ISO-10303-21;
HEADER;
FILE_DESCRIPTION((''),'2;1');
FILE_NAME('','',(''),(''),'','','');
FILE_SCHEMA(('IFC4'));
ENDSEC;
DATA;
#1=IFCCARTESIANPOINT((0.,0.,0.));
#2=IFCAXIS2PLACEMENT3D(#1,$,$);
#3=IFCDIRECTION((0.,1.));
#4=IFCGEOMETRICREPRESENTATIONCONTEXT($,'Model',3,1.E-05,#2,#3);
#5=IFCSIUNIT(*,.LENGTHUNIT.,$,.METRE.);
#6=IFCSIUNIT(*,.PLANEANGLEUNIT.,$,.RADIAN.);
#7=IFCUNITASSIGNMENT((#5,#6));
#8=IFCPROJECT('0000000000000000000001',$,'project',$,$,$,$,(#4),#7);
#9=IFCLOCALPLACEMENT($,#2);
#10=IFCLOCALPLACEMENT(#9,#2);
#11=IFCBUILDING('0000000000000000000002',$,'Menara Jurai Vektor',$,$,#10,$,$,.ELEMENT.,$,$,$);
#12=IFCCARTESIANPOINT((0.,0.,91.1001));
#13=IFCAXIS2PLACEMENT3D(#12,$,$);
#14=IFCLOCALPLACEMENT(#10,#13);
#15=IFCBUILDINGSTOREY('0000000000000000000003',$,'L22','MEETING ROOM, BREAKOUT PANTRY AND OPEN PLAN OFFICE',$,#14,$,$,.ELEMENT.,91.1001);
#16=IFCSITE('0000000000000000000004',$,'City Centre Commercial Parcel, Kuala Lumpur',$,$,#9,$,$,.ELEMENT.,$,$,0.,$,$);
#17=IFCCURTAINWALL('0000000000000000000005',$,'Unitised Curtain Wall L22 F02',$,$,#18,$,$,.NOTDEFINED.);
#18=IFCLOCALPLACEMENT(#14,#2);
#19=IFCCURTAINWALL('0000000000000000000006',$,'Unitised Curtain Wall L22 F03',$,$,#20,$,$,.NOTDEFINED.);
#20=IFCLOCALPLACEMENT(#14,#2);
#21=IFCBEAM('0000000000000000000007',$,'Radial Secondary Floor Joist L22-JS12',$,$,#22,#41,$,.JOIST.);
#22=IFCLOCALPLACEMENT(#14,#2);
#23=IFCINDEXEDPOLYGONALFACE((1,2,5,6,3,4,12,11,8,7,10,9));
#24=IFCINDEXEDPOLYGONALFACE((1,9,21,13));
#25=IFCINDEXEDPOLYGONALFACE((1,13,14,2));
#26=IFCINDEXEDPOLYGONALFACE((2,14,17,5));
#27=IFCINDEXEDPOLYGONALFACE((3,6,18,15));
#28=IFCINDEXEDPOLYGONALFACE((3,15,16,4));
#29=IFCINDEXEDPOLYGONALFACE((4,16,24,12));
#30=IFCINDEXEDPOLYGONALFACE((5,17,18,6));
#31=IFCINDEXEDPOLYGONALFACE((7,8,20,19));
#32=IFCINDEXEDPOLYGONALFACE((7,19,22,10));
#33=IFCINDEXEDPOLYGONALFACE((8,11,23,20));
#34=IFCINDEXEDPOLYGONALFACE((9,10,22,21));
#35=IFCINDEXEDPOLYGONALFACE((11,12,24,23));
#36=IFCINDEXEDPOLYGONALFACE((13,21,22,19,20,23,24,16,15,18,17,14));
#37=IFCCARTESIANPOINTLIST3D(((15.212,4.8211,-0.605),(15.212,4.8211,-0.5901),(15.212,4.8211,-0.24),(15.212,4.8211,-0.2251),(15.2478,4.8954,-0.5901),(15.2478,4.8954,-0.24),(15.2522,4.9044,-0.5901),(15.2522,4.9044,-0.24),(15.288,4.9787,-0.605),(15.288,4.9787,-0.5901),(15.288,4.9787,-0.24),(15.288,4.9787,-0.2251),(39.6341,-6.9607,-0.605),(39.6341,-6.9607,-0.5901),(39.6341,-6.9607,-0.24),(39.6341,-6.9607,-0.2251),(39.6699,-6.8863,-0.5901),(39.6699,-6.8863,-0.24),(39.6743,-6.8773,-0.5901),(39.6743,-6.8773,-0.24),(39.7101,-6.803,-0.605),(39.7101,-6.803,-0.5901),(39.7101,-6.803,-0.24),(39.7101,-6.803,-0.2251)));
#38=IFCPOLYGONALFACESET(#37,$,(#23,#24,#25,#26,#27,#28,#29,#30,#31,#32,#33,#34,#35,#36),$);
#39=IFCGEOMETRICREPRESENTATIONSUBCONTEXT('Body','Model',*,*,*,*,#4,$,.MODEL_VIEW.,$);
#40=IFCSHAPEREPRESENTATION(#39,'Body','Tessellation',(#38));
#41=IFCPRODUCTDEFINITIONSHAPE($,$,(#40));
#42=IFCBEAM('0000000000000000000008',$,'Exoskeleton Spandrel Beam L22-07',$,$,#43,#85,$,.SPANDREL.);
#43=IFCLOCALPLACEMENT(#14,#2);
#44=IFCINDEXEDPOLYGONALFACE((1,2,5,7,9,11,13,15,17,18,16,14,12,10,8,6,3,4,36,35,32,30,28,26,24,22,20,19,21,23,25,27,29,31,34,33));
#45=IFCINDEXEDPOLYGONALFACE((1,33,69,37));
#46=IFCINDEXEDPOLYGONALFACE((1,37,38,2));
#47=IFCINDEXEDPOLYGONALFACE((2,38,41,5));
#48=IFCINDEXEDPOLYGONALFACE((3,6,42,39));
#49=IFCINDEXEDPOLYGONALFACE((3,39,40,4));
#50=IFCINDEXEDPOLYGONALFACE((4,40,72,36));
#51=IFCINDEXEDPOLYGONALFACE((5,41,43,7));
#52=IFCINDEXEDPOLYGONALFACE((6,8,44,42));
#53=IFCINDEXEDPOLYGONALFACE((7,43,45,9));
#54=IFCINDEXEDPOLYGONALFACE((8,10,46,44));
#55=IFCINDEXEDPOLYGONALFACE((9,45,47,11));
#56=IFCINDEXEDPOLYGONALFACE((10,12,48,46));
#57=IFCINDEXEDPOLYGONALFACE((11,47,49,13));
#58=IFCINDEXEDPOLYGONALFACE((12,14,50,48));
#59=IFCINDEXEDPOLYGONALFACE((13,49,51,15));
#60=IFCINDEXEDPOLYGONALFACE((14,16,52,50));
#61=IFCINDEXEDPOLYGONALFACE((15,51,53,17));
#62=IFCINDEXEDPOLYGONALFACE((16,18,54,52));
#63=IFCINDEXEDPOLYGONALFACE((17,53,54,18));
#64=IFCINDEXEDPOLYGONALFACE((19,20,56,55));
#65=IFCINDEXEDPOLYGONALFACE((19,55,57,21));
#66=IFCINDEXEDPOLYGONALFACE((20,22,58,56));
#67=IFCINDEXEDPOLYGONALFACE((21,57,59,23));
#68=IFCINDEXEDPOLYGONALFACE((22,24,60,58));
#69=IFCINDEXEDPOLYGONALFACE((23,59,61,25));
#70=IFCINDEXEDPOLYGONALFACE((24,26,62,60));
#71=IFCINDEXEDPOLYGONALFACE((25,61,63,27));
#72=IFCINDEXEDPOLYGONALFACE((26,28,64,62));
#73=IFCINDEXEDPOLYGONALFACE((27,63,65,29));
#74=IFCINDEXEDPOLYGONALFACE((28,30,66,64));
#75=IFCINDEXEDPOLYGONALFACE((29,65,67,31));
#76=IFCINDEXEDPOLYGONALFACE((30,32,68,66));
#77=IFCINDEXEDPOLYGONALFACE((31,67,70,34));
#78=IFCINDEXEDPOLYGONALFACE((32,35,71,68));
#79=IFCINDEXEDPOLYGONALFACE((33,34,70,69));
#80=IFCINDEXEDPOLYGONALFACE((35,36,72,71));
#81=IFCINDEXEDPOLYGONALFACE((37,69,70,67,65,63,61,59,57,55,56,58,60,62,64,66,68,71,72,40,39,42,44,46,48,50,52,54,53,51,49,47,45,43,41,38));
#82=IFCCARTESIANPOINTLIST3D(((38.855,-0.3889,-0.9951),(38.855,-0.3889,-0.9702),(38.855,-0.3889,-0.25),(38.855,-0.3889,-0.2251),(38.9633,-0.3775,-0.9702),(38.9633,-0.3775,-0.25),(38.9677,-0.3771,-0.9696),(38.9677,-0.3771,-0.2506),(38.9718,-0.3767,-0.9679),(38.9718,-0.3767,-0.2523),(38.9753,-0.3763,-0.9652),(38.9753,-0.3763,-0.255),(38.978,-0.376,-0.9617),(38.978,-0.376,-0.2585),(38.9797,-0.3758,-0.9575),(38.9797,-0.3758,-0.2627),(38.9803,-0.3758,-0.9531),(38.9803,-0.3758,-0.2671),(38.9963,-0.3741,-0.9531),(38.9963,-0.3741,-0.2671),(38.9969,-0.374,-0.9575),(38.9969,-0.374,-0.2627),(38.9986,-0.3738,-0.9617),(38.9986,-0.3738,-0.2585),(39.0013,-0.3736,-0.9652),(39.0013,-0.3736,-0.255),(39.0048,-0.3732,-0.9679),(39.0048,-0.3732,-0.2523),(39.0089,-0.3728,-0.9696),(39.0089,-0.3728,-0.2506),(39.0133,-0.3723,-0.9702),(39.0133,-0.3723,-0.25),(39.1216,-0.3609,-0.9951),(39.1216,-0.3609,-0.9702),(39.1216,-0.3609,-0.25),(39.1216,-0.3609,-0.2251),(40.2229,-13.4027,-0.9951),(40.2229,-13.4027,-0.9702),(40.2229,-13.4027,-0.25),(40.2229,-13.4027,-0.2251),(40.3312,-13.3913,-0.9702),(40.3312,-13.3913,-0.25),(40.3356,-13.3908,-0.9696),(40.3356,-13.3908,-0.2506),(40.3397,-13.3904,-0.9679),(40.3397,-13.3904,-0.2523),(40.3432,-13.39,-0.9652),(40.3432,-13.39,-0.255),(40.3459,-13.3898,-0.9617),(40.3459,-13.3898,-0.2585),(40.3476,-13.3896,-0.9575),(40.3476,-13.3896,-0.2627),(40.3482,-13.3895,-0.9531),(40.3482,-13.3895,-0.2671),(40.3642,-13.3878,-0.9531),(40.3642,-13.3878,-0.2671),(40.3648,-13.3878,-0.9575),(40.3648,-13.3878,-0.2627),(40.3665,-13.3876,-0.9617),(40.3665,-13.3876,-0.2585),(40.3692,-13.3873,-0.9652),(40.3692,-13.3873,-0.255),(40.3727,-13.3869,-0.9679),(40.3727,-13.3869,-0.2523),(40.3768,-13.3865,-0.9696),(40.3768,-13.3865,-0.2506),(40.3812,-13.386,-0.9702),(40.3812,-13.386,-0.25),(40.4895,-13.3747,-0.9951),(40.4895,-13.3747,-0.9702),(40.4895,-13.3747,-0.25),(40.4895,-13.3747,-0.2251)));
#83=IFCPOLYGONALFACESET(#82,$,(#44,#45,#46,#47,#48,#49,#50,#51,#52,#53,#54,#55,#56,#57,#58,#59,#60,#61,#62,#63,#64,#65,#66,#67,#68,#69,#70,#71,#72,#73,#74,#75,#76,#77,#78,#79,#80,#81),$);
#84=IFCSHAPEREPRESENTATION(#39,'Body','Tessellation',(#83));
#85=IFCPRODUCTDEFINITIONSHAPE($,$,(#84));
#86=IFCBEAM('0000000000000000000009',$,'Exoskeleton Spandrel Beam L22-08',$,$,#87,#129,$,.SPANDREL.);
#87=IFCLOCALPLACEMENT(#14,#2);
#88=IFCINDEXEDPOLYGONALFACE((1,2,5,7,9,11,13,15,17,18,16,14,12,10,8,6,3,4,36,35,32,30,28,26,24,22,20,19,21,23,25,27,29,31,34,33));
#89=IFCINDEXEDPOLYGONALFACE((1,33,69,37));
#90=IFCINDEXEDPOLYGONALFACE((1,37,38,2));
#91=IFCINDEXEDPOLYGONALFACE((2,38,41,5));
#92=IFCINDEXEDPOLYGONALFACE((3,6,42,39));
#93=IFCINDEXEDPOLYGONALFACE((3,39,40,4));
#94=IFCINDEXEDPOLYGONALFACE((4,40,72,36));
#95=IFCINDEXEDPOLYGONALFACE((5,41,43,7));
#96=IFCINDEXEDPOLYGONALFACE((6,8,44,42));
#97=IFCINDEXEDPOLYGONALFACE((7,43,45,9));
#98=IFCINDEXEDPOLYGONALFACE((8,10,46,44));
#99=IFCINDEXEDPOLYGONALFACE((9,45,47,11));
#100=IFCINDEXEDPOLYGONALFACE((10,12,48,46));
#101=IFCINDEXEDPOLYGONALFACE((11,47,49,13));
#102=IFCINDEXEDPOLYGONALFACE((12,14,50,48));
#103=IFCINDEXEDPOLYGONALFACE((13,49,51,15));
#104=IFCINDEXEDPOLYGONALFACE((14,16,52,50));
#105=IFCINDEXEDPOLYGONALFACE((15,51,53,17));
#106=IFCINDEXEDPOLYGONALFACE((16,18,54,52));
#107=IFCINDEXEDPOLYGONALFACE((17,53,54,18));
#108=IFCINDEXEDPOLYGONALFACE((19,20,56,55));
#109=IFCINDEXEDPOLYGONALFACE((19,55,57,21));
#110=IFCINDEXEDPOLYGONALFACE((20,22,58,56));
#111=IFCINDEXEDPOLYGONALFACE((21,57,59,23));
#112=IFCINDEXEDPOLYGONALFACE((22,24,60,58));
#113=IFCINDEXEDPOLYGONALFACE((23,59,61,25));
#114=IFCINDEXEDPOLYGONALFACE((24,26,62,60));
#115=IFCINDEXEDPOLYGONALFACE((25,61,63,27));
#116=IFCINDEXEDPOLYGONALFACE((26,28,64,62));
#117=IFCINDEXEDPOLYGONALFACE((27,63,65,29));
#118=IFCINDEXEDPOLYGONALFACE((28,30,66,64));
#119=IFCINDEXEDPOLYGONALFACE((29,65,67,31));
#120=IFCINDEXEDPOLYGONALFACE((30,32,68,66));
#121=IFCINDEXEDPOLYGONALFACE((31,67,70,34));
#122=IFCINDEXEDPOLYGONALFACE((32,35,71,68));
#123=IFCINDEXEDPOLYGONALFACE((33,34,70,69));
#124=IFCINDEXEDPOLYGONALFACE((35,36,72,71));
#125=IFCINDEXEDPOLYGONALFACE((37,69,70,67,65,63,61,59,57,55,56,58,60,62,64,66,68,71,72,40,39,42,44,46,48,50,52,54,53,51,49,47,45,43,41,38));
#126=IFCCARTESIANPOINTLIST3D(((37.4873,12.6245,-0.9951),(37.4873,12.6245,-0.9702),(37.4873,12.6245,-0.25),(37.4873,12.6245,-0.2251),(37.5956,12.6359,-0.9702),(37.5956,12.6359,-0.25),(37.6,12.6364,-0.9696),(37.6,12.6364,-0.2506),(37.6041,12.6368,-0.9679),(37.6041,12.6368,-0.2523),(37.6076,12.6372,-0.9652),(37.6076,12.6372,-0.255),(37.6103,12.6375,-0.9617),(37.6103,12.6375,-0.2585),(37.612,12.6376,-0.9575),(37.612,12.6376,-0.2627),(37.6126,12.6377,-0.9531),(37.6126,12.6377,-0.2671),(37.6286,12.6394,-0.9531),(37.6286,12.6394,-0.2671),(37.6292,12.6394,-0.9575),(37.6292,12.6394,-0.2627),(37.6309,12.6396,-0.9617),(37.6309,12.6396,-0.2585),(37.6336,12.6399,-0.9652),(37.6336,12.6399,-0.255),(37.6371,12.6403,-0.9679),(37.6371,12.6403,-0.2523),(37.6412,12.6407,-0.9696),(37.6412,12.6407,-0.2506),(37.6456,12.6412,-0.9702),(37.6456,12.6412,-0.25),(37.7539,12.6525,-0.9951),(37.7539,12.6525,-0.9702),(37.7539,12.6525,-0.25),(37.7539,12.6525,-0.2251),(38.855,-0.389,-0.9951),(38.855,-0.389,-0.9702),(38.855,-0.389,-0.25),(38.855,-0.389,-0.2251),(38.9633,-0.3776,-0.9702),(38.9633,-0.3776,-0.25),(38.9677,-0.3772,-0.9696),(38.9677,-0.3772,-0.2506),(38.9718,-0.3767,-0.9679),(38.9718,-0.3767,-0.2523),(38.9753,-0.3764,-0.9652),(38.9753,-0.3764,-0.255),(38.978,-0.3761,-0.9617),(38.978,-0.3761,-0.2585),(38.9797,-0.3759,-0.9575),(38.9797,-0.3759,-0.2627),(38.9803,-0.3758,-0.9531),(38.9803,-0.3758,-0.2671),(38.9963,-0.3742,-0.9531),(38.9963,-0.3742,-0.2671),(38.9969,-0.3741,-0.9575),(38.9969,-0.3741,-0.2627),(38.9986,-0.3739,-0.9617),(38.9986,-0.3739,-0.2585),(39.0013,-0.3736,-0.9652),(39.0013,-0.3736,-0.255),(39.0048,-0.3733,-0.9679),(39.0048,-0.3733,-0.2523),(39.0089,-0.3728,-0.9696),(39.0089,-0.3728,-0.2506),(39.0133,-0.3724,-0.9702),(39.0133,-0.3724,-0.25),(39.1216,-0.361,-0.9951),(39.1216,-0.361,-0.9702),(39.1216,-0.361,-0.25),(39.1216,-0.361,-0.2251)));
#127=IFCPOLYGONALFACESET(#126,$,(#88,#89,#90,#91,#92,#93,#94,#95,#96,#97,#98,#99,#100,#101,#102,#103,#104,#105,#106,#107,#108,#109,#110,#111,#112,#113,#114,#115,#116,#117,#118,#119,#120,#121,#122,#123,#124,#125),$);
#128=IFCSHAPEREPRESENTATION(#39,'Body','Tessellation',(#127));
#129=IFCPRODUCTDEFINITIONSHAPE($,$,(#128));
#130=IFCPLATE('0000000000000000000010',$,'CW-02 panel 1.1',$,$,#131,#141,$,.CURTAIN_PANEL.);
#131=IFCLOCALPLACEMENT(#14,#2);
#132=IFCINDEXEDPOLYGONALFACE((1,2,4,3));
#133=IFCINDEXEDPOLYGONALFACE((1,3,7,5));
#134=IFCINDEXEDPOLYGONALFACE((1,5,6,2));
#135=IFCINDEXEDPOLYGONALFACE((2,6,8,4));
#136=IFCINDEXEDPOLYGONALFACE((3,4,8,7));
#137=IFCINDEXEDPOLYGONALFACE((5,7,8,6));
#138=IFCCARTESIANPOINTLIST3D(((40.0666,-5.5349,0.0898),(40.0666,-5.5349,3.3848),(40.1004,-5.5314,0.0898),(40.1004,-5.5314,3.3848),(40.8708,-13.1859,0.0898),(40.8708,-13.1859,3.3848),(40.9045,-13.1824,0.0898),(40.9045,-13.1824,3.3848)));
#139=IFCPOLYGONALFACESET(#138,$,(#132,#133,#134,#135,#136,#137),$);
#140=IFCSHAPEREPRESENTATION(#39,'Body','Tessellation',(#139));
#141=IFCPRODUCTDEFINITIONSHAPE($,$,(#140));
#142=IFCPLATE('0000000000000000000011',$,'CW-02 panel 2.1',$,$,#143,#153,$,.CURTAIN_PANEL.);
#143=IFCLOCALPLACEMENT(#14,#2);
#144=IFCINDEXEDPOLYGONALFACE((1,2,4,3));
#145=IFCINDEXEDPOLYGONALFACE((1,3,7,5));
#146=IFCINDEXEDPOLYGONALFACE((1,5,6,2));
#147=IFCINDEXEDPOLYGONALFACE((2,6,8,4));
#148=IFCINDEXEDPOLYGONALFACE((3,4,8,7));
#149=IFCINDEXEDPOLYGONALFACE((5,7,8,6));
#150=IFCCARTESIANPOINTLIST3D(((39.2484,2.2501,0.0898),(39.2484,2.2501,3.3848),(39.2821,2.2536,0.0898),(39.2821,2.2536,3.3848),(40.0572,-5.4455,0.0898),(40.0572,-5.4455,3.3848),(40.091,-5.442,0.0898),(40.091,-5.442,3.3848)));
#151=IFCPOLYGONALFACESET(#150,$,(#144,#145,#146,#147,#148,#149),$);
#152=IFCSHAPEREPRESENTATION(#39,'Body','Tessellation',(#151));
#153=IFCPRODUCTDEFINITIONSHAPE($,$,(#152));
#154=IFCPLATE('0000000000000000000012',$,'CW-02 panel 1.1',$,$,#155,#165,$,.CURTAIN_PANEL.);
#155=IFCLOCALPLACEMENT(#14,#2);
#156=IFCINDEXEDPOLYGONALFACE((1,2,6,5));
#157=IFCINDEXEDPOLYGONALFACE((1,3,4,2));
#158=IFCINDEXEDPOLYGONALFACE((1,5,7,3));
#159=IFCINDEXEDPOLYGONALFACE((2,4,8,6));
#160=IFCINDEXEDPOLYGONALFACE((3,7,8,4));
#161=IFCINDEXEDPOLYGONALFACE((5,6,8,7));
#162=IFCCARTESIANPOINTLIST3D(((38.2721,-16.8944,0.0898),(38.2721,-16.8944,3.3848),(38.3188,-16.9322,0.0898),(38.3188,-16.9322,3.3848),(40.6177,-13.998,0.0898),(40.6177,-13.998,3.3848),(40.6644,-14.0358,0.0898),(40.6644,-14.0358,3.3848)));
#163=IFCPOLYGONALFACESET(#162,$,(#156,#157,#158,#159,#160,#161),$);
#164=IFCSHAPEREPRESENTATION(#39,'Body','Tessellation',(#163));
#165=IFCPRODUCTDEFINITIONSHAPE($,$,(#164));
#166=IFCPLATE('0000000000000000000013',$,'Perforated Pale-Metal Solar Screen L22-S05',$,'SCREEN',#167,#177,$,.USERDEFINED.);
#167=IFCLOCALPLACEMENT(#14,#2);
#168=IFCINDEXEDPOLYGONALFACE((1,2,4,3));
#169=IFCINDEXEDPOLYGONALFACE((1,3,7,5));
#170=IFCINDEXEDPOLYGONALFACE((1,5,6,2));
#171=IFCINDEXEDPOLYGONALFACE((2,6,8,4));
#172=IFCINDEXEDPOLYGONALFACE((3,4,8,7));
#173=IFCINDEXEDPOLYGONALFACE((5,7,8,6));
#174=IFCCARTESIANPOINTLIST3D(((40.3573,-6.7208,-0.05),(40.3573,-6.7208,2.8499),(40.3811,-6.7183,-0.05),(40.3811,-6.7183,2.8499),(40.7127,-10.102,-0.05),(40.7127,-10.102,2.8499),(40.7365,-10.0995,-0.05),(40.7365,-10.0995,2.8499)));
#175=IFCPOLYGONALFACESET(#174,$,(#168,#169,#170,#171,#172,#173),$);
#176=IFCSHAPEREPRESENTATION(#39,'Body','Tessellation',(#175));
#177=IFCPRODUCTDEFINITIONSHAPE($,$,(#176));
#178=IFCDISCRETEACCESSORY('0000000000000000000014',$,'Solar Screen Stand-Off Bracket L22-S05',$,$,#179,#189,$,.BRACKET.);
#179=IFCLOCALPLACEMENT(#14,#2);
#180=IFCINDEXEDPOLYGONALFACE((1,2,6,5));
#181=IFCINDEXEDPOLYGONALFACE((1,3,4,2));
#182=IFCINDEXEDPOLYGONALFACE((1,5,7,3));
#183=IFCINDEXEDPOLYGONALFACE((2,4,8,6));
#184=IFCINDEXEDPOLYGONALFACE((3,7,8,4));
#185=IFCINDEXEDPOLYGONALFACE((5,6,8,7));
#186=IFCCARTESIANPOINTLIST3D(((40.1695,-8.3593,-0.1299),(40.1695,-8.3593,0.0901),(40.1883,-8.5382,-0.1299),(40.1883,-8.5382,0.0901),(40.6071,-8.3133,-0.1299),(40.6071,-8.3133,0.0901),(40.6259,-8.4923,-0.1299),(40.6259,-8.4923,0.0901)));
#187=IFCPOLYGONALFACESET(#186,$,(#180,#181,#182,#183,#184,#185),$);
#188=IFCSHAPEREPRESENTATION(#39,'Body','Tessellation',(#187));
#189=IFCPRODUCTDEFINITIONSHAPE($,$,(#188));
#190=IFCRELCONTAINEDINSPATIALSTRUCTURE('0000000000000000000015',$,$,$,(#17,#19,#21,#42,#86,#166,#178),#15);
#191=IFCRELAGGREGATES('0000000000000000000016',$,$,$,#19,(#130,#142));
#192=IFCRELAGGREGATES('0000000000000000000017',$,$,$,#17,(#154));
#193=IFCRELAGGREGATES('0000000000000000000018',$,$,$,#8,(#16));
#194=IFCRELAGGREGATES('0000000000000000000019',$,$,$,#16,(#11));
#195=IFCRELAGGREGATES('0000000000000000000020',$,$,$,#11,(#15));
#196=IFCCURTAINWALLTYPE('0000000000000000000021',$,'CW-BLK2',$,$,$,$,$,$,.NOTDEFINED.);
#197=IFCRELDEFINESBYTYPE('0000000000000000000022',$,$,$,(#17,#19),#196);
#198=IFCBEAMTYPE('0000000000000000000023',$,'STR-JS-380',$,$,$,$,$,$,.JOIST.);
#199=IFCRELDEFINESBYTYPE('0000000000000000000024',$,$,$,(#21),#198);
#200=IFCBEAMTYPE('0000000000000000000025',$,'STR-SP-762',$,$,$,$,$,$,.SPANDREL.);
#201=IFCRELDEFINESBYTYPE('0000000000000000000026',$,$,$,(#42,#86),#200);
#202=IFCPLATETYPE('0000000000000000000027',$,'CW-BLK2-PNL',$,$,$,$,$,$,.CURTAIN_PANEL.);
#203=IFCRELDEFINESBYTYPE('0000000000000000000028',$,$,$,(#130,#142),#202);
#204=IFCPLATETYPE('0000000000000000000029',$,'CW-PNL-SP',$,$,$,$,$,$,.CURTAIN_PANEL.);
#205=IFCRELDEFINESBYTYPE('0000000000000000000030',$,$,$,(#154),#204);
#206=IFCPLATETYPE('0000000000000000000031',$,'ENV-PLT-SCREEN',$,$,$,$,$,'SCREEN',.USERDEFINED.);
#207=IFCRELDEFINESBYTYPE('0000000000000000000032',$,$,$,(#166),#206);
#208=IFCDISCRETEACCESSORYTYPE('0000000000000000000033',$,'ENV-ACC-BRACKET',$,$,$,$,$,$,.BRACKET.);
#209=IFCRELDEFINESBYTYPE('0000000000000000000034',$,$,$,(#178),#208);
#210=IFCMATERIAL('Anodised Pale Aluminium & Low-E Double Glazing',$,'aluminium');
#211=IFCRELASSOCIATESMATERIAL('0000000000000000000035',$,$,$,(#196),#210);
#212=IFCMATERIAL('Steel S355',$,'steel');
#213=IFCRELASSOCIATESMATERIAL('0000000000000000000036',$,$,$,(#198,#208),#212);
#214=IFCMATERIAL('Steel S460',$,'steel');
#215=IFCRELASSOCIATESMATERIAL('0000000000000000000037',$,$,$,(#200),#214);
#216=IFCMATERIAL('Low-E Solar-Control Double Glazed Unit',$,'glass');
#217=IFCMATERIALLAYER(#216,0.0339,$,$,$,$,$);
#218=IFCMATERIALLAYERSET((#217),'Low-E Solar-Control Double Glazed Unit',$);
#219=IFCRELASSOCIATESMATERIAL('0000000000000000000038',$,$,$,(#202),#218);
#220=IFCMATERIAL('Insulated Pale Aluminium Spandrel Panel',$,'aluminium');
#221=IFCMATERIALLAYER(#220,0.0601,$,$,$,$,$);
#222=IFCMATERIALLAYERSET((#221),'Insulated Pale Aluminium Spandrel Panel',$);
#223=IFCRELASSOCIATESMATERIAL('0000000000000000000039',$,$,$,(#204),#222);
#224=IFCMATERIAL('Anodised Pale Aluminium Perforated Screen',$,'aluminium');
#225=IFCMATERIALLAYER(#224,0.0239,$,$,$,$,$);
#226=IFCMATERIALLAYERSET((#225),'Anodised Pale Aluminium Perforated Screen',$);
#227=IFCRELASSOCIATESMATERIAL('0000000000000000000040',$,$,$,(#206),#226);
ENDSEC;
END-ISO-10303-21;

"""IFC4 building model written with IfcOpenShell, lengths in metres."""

from ifc_helpers import new_model, si_unit, direction, frame, origin, origin_2d, place, context, subcontext, project, spatial, rectangle, i_section, extrude, material, layer, layer_set, material_profile, profile_set, type_object, element, aggregate, save


model = new_model("IFC4")

# Units and contexts
model_context = context("Model", 3, precision=1e-05, world=origin(), true_north=direction((0.0, 1.0)))
body_context = subcontext(model_context, "Body", "Model", "MODEL_VIEW")
ifc_project = project(units=[si_unit("LENGTHUNIT", "METRE"), si_unit("PLANEANGLEUNIT", "RADIAN")], contexts=[model_context])

# Site, building, storey
site_placement = place(None, origin())
site = spatial("IfcSite", under=ifc_project, at=site_placement, Name="City Centre Commercial Parcel, Kuala Lumpur", CompositionType="ELEMENT", RefElevation=0.0)
building_placement = place(site_placement, origin())
building = spatial("IfcBuilding", under=site, at=building_placement, Name="Menara Jurai Vektor", CompositionType="ELEMENT")
storey_placement = place(building_placement, frame((0.0, 0.0, 91.1001)))
storey = spatial("IfcBuildingStorey", under=building, at=storey_placement, Name="L22", Description="MEETING ROOM, BREAKOUT PANTRY AND OPEN PLAN OFFICE", CompositionType="ELEMENT", Elevation=91.1001)

# Shared definitions
ifc_material_1 = material(Name="Steel S460", Category="steel")

# Curtain wall
ifc_material_2 = material(Name="Anodised Pale Aluminium & Low-E Double Glazing", Category="aluminium")
curtain_wall_type = type_object("IfcCurtainWallType", Name="CW-BLK2", PredefinedType="NOTDEFINED", material=ifc_material_2)
curtain_wall_1_placement = place(storey_placement, origin())
curtain_wall_1 = element("IfcCurtainWall", 1, at=curtain_wall_1_placement, inside=storey, type_object=curtain_wall_type, Name="Unitised Curtain Wall L22 F02", PredefinedType="NOTDEFINED")

# Curtain wall
curtain_wall_2_placement = place(storey_placement, origin())
curtain_wall_2 = element("IfcCurtainWall", 2, at=curtain_wall_2_placement, inside=storey, type_object=curtain_wall_type, Name="Unitised Curtain Wall L22 F03", PredefinedType="NOTDEFINED")

# Shared definitions
ifc_material_3 = material(Name="Steel S355", Category="steel")

# Beams
ifc_material_profile_1 = material_profile(ifc_material_3, i_section(OverallWidth=0.175, OverallDepth=0.3799, WebThickness=0.01, FlangeThickness=0.0149, at=origin_2d()), Name="PG 380x175x58")
ifc_profile_set_1 = profile_set([ifc_material_profile_1], Name="Steel S355")
beam_type_1 = type_object("IfcBeamType", Name="STR-JS-380", PredefinedType="JOIST", material=ifc_profile_set_1)
beam_1_placement = place(storey_placement, frame((39.6721, -6.8818, -0.415), z_axis=(-0.900671, 0.434502, 0.0), x_axis=(-0.434502, -0.900671, 0.0)))
element("IfcBeam", 3, at=beam_1_placement, inside=storey, type_object=beam_type_1, Name="Radial Secondary Floor Joist L22-JS12", PredefinedType="JOIST", context=body_context, shape_type="SweptSolid", body=[
    extrude(i_section(OverallWidth=0.175, OverallDepth=0.3799, WebThickness=0.01, FlangeThickness=0.0149, at=origin_2d()), origin(), (0.0, 0.0, 1.0), 27.1155),
])
ifc_material_profile_2 = material_profile(ifc_material_1, i_section(OverallWidth=0.2681, OverallDepth=0.77, WebThickness=0.0161, FlangeThickness=0.0249, FilletRadius=0.0171, at=origin_2d()), Name="UKB 762x267x197")
ifc_profile_set_2 = profile_set([ifc_material_profile_2], Name="Steel S460")
beam_type_2 = type_object("IfcBeamType", Name="STR-SP-762", PredefinedType="SPANDREL", material=ifc_profile_set_2)
beam_2_placement = place(storey_placement, frame((40.3562, -13.3887, -0.6101), z_axis=(-0.104538, 0.994521, 0.0), x_axis=(-0.994521, -0.104538, 0.0)))
element("IfcBeam", 4, at=beam_2_placement, inside=storey, type_object=beam_type_2, Name="Exoskeleton Spandrel Beam L22-07", PredefinedType="SPANDREL", context=body_context, shape_type="SweptSolid", body=[
    extrude(i_section(OverallWidth=0.2681, OverallDepth=0.77, WebThickness=0.0161, FlangeThickness=0.0249, FilletRadius=0.0171, at=origin_2d()), origin(), (0.0, 0.0, 1.0), 13.0854),
])
beam_3_placement = place(storey_placement, frame((38.9883, -0.375, -0.6101), z_axis=(-0.104522, 0.994523, 0.0), x_axis=(-0.994523, -0.104522, 0.0)))
element("IfcBeam", 5, at=beam_3_placement, inside=storey, type_object=beam_type_2, Name="Exoskeleton Spandrel Beam L22-08", PredefinedType="SPANDREL", context=body_context, shape_type="SweptSolid", body=[
    extrude(i_section(OverallWidth=0.2681, OverallDepth=0.77, WebThickness=0.0161, FlangeThickness=0.0249, FilletRadius=0.0171, at=origin_2d()), origin(), (0.0, 0.0, 1.0), 13.0852),
])

# Plates
ifc_material_4 = material(Name="Low-E Solar-Control Double Glazed Unit", Category="glass")
ifc_layer_1 = layer(ifc_material_4, 0.0339)
ifc_layer_set_1 = layer_set([ifc_layer_1], Name="Low-E Solar-Control Double Glazed Unit")
plate_type_1 = type_object("IfcPlateType", Name="CW-BLK2-PNL", PredefinedType="CURTAIN_PANEL", material=ifc_layer_set_1)
plate_1_placement = place(storey_placement, frame((40.4856, -9.3586, 0.0898), z_axis=(0.0, 0.0, 1.0), x_axis=(-0.10453, 0.994522, 0.0)))
plate_1 = element("IfcPlate", 6, at=plate_1_placement, type_object=plate_type_1, Name="CW-02 panel 1.1", PredefinedType="CURTAIN_PANEL", context=body_context, shape_type="SweptSolid", body=[
    extrude(rectangle(XDim=7.6931, YDim=0.0339, at=origin_2d()), origin(), (0.0, 0.0, 1.0), 3.2949),
])
plate_2_placement = place(storey_placement, frame((39.6697, -1.5959, 0.0898), z_axis=(0.0, 0.0, 1.0), x_axis=(-0.10453, 0.994522, 0.0)))
plate_2 = element("IfcPlate", 7, at=plate_2_placement, type_object=plate_type_1, Name="CW-02 panel 2.1", PredefinedType="CURTAIN_PANEL", context=body_context, shape_type="SweptSolid", body=[
    extrude(rectangle(XDim=7.738, YDim=0.0339, at=origin_2d()), origin(), (0.0, 0.0, 1.0), 3.2949),
])
aggregate(curtain_wall_2, [plate_1, plate_2])
ifc_material_5 = material(Name="Insulated Pale Aluminium Spandrel Panel", Category="aluminium")
ifc_layer_2 = layer(ifc_material_5, 0.0601)
ifc_layer_set_2 = layer_set([ifc_layer_2], Name="Insulated Pale Aluminium Spandrel Panel")
plate_type_2 = type_object("IfcPlateType", Name="CW-PNL-SP", PredefinedType="CURTAIN_PANEL", material=ifc_layer_set_2)
plate_3_placement = place(storey_placement, frame((39.4683, -15.4651, 0.0898), z_axis=(0.0, 0.0, 1.0), x_axis=(0.629341, 0.777129, 0.0)))
plate_3 = element("IfcPlate", 8, at=plate_3_placement, type_object=plate_type_2, Name="CW-02 panel 1.1", PredefinedType="CURTAIN_PANEL", context=body_context, shape_type="SweptSolid", body=[
    extrude(rectangle(XDim=3.7271, YDim=0.0601, at=origin_2d()), origin(), (0.0, 0.0, 1.0), 3.2949),
])
aggregate(curtain_wall_1, [plate_3])
ifc_material_6 = material(Name="Anodised Pale Aluminium Perforated Screen", Category="aluminium")
ifc_layer_3 = layer(ifc_material_6, 0.0239)
ifc_layer_set_3 = layer_set([ifc_layer_3], Name="Anodised Pale Aluminium Perforated Screen")
plate_type_3 = type_object("IfcPlateType", Name="ENV-PLT-SCREEN", ElementType="SCREEN", PredefinedType="USERDEFINED", material=ifc_layer_set_3)
plate_4_placement = place(storey_placement, frame((40.5469, -8.4102, -0.05), z_axis=(0.0, 0.0, 1.0), x_axis=(-0.104528, 0.994522, 0.0)))
element("IfcPlate", 9, at=plate_4_placement, inside=storey, type_object=plate_type_3, Name="Perforated Pale-Metal Solar Screen L22-S05", ObjectType="SCREEN", PredefinedType="USERDEFINED", context=body_context, shape_type="SweptSolid", body=[
    extrude(rectangle(XDim=3.3999, YDim=0.0239, at=origin_2d()), origin(), (0.0, 0.0, 1.0), 2.8999),
])

# Discrete accessory
discrete_accessory_type = type_object("IfcDiscreteAccessoryType", Name="ENV-ACC-BRACKET", PredefinedType="BRACKET", material=ifc_material_3)
discrete_accessory_placement = place(storey_placement, frame((40.3977, -8.4258, -0.1299), z_axis=(0.0, 0.0, 1.0), x_axis=(-0.104528, 0.994522, 0.0)))
element("IfcDiscreteAccessory", 10, at=discrete_accessory_placement, inside=storey, type_object=discrete_accessory_type, Name="Solar Screen Stand-Off Bracket L22-S05", PredefinedType="BRACKET", context=body_context, shape_type="SweptSolid", body=[
    extrude(rectangle(XDim=0.1799, YDim=0.4399, at=origin_2d()), origin(), (0.0, 0.0, 1.0), 0.22),
])

save(model, "model.ifc")
